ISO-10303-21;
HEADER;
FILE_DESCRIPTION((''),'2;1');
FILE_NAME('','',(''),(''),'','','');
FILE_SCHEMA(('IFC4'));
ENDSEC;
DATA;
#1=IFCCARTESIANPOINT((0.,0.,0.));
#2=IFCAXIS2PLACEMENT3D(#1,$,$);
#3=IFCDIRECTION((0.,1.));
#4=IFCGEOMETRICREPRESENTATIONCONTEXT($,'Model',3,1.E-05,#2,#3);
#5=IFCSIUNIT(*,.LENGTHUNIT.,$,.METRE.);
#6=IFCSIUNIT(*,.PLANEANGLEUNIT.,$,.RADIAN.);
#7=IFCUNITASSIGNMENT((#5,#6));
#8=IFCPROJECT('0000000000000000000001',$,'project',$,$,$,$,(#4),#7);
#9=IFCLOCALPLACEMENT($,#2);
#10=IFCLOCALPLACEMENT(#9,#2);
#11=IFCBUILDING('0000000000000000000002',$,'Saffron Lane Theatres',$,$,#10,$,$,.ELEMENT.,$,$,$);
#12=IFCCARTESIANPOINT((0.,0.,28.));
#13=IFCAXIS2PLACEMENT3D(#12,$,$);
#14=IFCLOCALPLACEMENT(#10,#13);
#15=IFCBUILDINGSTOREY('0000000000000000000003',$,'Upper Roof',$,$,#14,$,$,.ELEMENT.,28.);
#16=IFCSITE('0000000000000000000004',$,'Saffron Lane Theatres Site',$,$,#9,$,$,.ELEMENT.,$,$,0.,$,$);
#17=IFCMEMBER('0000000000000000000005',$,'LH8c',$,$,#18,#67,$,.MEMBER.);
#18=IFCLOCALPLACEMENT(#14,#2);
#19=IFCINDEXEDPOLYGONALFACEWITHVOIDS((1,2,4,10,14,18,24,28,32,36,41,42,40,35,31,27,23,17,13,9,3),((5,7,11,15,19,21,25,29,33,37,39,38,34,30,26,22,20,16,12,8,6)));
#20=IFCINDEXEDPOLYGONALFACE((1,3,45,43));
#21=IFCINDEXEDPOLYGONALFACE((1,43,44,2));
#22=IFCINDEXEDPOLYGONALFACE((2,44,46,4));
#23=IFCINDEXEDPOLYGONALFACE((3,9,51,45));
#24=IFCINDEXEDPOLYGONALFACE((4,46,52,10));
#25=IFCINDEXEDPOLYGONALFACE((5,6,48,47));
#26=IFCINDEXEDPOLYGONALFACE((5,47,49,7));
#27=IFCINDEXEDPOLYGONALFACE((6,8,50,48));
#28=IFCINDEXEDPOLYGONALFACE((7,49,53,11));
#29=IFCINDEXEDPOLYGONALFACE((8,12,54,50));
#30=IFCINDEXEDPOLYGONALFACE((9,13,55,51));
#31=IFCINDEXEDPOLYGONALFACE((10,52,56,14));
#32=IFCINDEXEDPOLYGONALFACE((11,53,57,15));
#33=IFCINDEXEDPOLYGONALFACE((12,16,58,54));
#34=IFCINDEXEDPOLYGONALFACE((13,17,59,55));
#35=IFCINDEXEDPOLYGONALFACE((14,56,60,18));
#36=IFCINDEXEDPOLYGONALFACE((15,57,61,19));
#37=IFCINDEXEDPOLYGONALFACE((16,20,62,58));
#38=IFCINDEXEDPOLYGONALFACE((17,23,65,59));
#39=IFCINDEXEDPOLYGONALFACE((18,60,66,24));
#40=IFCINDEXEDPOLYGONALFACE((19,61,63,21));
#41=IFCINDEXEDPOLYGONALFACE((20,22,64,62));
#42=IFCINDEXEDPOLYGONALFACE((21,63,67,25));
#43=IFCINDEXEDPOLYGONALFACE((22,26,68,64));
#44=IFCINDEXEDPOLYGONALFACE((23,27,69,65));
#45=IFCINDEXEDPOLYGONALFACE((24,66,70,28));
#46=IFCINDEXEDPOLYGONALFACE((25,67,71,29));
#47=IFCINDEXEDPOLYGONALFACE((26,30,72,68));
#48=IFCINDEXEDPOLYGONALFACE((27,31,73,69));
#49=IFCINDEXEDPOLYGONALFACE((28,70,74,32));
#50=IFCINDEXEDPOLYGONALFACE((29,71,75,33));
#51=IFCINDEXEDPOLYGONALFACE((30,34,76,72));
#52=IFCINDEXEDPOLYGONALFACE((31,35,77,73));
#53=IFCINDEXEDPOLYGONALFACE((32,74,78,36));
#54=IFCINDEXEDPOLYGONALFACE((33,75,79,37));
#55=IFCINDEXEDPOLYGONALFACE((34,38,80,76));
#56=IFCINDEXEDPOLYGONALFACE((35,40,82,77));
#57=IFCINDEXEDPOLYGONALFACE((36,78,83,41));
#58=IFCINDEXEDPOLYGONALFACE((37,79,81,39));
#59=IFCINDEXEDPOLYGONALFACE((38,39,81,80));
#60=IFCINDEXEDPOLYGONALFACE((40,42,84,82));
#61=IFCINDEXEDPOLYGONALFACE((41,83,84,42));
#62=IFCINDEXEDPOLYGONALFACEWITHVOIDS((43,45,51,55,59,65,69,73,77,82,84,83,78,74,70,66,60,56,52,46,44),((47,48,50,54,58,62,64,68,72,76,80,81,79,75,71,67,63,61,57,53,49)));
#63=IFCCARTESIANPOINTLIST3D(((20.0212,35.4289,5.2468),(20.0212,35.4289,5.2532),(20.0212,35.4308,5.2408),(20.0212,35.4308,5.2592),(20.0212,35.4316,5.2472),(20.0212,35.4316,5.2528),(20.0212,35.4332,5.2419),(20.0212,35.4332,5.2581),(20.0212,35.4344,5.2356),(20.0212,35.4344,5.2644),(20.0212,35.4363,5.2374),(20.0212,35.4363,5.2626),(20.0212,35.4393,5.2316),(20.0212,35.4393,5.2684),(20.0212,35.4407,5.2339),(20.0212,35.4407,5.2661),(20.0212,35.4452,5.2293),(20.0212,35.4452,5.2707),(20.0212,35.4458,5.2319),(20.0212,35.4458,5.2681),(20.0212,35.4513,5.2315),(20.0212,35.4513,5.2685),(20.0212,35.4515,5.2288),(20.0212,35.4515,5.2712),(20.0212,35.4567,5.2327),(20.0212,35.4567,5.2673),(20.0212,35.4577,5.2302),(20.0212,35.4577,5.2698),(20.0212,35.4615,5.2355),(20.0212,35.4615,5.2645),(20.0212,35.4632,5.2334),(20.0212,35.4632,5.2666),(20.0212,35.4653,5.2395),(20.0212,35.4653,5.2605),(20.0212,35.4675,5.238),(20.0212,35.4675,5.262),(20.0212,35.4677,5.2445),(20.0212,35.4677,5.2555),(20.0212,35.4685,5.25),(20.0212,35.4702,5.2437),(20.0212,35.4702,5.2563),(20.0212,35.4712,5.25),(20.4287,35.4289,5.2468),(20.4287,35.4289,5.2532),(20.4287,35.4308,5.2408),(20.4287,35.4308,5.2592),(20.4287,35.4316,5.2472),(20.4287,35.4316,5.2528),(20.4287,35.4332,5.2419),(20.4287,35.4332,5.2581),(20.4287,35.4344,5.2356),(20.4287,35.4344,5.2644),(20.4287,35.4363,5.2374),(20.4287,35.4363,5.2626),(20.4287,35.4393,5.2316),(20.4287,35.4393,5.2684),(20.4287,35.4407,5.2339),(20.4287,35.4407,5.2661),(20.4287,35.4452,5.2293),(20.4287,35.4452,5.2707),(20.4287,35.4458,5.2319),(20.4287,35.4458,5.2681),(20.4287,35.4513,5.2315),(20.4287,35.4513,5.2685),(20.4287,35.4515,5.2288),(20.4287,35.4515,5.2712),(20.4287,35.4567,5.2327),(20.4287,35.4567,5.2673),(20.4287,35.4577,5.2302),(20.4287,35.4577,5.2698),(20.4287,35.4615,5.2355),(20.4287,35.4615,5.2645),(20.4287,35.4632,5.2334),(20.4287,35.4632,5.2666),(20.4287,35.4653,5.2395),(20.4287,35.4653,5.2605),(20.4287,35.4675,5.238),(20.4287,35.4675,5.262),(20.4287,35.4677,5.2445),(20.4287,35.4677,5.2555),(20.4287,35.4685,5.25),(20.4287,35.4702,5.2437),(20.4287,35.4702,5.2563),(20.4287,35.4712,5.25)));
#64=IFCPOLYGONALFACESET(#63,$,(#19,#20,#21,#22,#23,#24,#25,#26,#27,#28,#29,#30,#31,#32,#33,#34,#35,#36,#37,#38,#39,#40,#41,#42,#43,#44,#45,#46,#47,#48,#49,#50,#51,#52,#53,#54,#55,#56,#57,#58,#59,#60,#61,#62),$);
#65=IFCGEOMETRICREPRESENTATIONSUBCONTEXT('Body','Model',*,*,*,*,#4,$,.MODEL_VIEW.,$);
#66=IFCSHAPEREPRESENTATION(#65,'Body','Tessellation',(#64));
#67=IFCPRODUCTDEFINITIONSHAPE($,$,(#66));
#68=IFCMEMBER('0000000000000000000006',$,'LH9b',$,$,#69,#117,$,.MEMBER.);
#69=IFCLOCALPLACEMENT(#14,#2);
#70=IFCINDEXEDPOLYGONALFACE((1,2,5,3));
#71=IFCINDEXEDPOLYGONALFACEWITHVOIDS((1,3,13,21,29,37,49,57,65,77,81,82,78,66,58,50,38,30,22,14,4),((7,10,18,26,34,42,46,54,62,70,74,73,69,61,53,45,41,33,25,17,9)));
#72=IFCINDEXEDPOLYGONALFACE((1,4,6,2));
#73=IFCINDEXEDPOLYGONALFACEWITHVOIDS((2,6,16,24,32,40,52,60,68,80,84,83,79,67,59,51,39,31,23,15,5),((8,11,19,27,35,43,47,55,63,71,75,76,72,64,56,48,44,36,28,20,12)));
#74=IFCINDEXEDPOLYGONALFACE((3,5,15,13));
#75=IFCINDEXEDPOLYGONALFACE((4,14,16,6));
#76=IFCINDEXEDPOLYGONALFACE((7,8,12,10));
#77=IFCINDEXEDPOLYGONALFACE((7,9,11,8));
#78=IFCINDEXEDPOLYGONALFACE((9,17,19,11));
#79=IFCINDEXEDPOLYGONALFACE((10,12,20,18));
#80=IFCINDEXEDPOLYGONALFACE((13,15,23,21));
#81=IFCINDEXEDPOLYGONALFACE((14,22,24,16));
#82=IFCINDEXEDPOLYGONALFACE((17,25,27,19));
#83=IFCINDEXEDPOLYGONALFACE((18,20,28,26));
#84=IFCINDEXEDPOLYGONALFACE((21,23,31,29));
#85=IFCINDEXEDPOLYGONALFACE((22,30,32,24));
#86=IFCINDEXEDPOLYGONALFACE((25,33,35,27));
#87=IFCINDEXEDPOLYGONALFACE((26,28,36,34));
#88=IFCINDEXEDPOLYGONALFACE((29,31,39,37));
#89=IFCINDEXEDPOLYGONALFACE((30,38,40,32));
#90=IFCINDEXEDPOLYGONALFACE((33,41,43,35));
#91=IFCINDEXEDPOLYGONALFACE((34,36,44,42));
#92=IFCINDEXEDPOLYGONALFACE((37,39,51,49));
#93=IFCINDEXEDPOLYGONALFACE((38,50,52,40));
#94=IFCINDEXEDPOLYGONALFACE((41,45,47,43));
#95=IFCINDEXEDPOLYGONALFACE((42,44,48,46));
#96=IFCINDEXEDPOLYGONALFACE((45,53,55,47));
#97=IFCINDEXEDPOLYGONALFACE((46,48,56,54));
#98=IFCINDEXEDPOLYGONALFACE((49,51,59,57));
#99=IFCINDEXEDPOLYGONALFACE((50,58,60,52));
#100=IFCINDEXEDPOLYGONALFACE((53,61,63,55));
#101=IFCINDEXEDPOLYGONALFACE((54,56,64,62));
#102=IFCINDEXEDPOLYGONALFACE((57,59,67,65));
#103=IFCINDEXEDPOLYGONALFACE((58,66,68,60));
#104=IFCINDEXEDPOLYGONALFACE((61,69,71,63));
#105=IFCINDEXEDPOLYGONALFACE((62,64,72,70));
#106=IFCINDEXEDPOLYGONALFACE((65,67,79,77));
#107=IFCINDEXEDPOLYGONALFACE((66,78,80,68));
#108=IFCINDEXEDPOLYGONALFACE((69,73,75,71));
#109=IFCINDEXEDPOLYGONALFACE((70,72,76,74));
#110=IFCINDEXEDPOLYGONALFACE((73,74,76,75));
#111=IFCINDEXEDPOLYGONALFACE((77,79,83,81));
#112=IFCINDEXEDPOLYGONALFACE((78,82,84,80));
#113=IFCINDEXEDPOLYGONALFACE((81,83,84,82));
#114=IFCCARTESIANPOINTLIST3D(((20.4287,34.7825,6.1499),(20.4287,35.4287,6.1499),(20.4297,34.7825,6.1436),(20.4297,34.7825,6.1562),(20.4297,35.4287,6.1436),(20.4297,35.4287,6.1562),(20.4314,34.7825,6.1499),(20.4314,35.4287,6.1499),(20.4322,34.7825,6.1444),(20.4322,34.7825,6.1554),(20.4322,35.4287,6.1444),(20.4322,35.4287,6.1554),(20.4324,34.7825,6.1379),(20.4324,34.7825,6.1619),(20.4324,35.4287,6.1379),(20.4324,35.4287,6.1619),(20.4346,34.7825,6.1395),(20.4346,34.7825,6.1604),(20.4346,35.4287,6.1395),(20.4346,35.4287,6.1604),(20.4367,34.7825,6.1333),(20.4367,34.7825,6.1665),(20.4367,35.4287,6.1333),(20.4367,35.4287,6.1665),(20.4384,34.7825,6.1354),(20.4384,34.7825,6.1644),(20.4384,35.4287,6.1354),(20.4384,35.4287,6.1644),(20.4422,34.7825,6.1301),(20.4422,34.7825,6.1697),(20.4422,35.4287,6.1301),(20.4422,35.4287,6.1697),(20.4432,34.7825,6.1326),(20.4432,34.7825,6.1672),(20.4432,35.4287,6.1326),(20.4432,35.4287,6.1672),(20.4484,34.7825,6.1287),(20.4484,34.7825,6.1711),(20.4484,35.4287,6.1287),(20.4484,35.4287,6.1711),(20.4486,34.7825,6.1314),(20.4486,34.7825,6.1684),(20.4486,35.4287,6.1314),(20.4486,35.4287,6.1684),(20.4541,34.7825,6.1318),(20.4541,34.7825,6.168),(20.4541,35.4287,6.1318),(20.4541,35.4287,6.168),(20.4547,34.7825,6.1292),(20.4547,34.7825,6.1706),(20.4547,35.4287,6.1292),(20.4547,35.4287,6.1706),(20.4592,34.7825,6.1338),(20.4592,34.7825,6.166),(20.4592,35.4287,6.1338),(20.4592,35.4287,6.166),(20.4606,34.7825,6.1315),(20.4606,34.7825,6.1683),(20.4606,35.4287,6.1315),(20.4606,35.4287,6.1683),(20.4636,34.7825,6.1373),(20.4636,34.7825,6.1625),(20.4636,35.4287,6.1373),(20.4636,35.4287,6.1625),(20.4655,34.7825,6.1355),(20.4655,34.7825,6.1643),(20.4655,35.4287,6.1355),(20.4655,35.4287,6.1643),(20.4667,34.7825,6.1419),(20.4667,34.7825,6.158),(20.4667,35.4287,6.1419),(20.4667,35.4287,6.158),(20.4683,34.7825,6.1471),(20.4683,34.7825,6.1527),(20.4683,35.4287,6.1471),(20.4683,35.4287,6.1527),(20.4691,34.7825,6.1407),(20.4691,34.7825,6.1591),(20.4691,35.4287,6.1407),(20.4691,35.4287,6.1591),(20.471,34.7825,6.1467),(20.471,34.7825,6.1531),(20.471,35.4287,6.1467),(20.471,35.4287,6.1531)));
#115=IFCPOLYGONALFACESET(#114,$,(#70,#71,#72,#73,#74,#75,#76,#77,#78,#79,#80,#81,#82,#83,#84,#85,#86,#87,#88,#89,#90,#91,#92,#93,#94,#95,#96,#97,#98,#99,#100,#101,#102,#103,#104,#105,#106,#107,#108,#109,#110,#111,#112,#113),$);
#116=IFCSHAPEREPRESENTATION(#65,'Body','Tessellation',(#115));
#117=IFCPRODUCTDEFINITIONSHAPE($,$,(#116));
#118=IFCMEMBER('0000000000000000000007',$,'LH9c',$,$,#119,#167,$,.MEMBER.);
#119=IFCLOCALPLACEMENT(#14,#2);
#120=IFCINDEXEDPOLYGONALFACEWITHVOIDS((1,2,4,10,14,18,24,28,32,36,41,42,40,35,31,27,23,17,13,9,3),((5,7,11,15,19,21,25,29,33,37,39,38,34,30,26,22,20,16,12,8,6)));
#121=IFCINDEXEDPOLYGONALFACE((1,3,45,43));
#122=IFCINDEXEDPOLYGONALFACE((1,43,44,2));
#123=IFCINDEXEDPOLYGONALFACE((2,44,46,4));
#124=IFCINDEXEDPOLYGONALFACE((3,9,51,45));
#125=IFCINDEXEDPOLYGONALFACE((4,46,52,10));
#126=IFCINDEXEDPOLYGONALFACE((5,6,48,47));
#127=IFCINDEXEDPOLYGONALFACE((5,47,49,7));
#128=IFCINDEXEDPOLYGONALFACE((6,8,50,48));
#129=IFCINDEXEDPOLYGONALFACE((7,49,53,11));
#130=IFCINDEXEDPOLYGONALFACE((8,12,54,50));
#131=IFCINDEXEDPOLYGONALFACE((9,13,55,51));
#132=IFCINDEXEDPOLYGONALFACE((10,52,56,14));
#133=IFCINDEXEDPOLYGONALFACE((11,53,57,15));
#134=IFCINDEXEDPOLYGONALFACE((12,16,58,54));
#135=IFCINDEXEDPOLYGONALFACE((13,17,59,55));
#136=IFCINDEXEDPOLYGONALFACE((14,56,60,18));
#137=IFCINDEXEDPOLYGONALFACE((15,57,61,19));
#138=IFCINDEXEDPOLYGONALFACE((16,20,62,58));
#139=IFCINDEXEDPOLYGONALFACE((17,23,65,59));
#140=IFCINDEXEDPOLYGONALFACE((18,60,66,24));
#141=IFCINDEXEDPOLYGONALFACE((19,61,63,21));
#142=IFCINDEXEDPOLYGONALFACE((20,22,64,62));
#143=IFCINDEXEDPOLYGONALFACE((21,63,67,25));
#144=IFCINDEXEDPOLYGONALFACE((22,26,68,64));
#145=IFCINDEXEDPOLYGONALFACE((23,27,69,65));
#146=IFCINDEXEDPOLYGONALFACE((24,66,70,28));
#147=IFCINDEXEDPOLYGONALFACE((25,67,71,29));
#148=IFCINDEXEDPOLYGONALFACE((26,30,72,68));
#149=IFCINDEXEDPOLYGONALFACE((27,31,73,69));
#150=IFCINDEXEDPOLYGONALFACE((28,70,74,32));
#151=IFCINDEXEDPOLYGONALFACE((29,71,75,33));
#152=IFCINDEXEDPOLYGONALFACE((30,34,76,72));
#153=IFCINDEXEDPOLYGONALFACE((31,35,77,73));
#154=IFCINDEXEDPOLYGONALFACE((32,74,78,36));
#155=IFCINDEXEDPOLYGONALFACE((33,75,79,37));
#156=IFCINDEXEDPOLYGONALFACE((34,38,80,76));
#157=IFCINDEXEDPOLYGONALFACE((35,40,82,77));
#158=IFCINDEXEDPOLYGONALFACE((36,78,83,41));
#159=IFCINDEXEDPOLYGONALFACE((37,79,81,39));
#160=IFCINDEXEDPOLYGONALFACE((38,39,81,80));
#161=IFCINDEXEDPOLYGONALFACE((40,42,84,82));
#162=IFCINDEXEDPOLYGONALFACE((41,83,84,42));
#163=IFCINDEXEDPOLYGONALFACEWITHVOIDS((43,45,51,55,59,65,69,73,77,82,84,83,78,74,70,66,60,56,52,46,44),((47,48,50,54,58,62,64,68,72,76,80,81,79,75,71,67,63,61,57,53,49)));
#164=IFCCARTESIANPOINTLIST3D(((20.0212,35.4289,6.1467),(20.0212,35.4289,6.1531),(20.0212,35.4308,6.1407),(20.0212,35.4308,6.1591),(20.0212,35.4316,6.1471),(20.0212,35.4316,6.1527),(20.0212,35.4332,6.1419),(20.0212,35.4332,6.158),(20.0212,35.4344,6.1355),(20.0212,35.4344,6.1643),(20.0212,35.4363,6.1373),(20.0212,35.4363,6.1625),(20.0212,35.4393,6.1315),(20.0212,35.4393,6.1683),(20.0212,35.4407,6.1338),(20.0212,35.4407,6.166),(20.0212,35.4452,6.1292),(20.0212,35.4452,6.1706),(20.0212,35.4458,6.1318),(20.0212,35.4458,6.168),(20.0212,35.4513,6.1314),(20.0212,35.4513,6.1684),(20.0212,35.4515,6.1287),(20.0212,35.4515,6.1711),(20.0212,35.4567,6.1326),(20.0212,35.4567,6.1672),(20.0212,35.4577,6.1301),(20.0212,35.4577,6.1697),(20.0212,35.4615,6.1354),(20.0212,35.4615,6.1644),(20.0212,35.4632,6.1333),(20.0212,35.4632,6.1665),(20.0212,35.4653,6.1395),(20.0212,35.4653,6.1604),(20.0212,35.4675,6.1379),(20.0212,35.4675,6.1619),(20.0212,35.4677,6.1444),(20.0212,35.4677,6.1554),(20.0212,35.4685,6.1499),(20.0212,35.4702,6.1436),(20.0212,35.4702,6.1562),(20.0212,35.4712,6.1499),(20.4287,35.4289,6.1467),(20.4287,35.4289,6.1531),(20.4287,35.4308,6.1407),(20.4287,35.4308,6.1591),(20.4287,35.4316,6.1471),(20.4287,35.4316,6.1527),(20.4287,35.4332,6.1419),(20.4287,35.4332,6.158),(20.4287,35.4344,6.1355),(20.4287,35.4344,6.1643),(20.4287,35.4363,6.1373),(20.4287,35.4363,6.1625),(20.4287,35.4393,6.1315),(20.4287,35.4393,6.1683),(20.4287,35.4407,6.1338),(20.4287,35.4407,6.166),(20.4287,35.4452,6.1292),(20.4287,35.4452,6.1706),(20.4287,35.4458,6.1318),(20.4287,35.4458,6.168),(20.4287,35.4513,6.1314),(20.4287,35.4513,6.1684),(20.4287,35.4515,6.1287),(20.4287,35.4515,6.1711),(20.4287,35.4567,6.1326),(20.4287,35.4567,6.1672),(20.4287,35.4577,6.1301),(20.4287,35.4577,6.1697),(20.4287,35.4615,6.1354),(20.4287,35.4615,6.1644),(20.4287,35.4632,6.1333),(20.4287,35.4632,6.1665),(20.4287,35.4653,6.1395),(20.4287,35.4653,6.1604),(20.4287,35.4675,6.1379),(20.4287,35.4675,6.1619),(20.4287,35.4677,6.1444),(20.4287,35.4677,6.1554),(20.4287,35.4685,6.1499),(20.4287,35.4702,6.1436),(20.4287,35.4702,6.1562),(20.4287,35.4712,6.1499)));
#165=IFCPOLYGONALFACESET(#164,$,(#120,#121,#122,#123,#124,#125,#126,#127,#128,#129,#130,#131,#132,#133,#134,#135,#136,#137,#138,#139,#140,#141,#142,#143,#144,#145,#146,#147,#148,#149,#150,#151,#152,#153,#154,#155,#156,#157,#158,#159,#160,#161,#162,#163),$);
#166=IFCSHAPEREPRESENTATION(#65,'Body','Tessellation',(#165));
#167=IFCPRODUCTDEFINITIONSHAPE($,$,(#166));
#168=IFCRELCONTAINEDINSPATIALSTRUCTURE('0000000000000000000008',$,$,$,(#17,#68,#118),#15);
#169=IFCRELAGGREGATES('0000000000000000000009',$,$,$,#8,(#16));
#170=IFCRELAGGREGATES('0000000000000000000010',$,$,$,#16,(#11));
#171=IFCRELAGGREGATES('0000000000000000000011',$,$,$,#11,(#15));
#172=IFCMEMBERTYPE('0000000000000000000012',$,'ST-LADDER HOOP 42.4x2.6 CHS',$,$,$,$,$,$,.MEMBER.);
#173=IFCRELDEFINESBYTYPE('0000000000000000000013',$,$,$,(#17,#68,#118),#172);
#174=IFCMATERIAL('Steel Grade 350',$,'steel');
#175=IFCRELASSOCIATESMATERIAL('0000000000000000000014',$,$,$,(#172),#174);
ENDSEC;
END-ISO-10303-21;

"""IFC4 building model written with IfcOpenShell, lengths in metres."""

from ifc_helpers import new_model, si_unit, direction, frame, origin, origin_2d, place, context, subcontext, project, spatial, hollow_circle, extrude, material, material_profile, profile_set, type_object, element, save


model = new_model("IFC4")

# Units and contexts
model_context = context("Model", 3, precision=1e-05, world=origin(), true_north=direction((0.0, 1.0)))
body_context = subcontext(model_context, "Body", "Model", "MODEL_VIEW")
ifc_project = project(units=[si_unit("LENGTHUNIT", "METRE"), si_unit("PLANEANGLEUNIT", "RADIAN")], contexts=[model_context])

# Site, building, storey
site_placement = place(None, origin())
site = spatial("IfcSite", under=ifc_project, at=site_placement, Name="Saffron Lane Theatres Site", CompositionType="ELEMENT", RefElevation=0.0)
building_placement = place(site_placement, origin())
building = spatial("IfcBuilding", under=site, at=building_placement, Name="Saffron Lane Theatres", CompositionType="ELEMENT")
storey_placement = place(building_placement, frame((0.0, 0.0, 28.0)))
storey = spatial("IfcBuildingStorey", under=building, at=storey_placement, Name="Upper Roof", CompositionType="ELEMENT", Elevation=28.0)

# Members
ifc_material_1 = material(Name="Steel Grade 350", Category="steel")
ifc_material_profile_1 = material_profile(ifc_material_1, hollow_circle(Radius=0.0212, WallThickness=0.0027, at=origin_2d()))
ifc_profile_set_1 = profile_set([ifc_material_profile_1], Name="Steel Grade 350")
member_type_1 = type_object("IfcMemberType", Name="ST-LADDER HOOP 42.4x2.6 CHS", PredefinedType="MEMBER", material=ifc_profile_set_1)
member_1_placement = place(storey_placement, frame((20.0212, 35.45, 5.25), z_axis=(1.0, 0.0, 0.0), x_axis=(0.0, 1.0, 0.0)))
element("IfcMember", 1, at=member_1_placement, inside=storey, type_object=member_type_1, Name="LH8c", PredefinedType="MEMBER", context=body_context, shape_type="SweptSolid", body=[
    extrude(hollow_circle(Radius=0.0212, WallThickness=0.0027, at=origin_2d()), origin(), (0.0, 0.0, 1.0), 0.4075),
])
member_2_placement = place(storey_placement, frame((20.45, 34.7825, 6.1499), z_axis=(0.0, 1.0, 0.0), x_axis=(-1.0, 0.0, 0.0)))
element("IfcMember", 2, at=member_2_placement, inside=storey, type_object=member_type_1, Name="LH9b", PredefinedType="MEMBER", context=body_context, shape_type="SweptSolid", body=[
    extrude(hollow_circle(Radius=0.0212, WallThickness=0.0027, at=origin_2d()), origin(), (0.0, 0.0, 1.0), 0.6462),
])
member_3_placement = place(storey_placement, frame((20.0212, 35.45, 6.1499), z_axis=(1.0, 0.0, 0.0), x_axis=(0.0, 1.0, 0.0)))
element("IfcMember", 3, at=member_3_placement, inside=storey, type_object=member_type_1, Name="LH9c", PredefinedType="MEMBER", context=body_context, shape_type="SweptSolid", body=[
    extrude(hollow_circle(Radius=0.0212, WallThickness=0.0027, at=origin_2d()), origin(), (0.0, 0.0, 1.0), 0.4075),
])

save(model, "model.ifc")
